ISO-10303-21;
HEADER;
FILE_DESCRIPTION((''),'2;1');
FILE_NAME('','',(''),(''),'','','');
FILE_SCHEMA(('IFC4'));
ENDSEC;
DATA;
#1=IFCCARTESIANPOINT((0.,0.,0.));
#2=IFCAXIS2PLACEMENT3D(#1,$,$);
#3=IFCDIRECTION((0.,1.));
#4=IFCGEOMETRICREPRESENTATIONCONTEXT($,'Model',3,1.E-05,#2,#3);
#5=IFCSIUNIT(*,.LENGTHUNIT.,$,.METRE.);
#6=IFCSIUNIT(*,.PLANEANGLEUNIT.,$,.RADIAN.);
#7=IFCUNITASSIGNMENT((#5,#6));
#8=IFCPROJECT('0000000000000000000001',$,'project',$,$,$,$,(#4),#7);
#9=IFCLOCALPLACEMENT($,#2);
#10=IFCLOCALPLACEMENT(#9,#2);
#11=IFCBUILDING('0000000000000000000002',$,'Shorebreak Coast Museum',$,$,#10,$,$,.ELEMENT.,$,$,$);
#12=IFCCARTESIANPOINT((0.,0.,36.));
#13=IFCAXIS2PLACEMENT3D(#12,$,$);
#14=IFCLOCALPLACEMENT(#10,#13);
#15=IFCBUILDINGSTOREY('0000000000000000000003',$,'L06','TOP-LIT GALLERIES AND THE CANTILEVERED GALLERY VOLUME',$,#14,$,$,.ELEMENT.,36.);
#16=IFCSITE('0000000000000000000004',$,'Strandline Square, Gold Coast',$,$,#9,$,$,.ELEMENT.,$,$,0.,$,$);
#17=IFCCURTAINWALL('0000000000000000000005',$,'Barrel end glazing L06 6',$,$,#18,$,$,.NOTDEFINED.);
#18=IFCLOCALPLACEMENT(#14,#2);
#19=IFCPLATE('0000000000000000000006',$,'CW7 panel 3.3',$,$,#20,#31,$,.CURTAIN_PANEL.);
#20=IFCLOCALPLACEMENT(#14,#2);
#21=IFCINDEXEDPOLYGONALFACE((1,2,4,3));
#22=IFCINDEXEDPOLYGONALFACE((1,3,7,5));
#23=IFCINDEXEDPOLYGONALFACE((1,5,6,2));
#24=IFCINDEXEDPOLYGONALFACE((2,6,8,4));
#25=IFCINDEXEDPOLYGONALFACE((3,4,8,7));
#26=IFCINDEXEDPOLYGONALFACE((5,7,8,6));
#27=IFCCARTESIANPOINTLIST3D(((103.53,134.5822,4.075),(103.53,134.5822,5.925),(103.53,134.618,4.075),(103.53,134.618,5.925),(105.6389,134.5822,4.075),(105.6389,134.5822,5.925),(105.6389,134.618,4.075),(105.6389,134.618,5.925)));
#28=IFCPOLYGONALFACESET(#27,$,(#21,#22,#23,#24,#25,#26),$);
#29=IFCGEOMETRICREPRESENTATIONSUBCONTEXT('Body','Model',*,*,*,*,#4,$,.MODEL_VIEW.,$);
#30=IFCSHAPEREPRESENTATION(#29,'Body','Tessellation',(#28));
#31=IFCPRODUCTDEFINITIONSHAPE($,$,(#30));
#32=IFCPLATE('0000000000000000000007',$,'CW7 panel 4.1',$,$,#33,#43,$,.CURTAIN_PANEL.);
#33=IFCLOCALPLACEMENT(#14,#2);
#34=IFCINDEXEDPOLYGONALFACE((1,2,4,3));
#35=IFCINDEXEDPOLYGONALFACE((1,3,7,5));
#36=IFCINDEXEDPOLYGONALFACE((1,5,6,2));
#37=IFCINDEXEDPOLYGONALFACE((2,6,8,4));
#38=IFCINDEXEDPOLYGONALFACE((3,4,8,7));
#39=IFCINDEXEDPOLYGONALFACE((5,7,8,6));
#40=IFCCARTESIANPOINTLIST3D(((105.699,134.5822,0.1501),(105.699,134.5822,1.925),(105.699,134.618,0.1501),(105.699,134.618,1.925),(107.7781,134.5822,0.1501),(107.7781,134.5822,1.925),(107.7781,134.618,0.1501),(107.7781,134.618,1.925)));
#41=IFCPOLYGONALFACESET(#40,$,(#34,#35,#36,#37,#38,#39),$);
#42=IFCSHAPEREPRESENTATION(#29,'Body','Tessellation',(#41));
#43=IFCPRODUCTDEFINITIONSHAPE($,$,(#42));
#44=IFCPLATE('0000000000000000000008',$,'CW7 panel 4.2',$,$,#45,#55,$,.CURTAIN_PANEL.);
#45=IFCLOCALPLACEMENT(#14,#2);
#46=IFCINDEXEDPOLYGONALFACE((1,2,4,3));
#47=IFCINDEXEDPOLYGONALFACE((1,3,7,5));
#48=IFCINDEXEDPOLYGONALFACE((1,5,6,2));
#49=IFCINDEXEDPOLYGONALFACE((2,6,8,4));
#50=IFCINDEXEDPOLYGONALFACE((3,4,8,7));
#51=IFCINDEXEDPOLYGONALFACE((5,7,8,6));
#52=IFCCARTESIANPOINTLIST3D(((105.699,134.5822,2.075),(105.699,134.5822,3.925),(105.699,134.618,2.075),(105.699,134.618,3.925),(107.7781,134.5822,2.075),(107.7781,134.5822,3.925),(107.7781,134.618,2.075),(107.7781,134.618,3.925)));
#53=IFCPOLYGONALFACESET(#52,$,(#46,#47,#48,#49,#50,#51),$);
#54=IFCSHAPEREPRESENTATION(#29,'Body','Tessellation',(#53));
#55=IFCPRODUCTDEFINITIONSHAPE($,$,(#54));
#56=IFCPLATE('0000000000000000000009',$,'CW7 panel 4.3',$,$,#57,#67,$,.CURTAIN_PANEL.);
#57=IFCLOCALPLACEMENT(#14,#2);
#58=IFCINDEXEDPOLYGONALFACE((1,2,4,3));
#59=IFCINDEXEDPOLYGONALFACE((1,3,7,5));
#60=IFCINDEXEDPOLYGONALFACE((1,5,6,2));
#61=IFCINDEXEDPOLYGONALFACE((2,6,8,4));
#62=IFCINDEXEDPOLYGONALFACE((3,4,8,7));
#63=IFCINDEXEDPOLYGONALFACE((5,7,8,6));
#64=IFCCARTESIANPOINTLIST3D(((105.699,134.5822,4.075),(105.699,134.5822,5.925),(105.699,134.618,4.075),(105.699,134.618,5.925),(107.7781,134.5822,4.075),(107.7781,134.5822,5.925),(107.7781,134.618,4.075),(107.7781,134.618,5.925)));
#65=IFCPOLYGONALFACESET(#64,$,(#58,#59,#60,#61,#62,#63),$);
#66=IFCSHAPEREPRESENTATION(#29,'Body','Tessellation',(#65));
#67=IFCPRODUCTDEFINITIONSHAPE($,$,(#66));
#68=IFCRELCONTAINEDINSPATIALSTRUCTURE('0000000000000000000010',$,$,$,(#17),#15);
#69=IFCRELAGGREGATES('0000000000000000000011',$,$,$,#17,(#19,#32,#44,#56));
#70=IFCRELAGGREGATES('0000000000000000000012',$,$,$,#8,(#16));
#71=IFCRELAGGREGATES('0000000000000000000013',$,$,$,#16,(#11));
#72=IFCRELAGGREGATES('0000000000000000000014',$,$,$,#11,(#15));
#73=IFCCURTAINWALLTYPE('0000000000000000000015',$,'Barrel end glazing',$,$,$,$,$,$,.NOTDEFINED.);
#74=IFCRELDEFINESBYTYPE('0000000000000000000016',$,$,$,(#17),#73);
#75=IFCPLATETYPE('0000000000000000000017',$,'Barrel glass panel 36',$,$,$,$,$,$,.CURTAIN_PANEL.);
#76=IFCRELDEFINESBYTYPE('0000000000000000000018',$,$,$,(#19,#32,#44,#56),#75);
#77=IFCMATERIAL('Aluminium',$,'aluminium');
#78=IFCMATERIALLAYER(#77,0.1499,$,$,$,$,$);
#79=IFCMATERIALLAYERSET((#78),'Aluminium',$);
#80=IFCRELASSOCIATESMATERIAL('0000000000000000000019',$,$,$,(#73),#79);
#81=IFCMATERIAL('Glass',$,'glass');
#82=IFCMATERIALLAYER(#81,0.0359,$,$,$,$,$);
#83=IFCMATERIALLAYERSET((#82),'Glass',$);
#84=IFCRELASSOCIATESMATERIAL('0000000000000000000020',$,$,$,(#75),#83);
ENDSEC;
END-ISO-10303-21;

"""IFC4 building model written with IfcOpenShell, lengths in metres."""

from ifc_helpers import new_model, si_unit, direction, frame, origin, origin_2d, place, context, subcontext, project, spatial, rectangle, extrude, material, layer, layer_set, type_object, element, aggregate, save


model = new_model("IFC4")

# Units and contexts
model_context = context("Model", 3, precision=1e-05, world=origin(), true_north=direction((0.0, 1.0)))
body_context = subcontext(model_context, "Body", "Model", "MODEL_VIEW")
ifc_project = project(units=[si_unit("LENGTHUNIT", "METRE"), si_unit("PLANEANGLEUNIT", "RADIAN")], contexts=[model_context])

# Site, building, storey
site_placement = place(None, origin())
site = spatial("IfcSite", under=ifc_project, at=site_placement, Name="Strandline Square, Gold Coast", CompositionType="ELEMENT", RefElevation=0.0)
building_placement = place(site_placement, origin())
building = spatial("IfcBuilding", under=site, at=building_placement, Name="Shorebreak Coast Museum", CompositionType="ELEMENT")
storey_placement = place(building_placement, frame((0.0, 0.0, 36.0)))
storey = spatial("IfcBuildingStorey", under=building, at=storey_placement, Name="L06", Description="TOP-LIT GALLERIES AND THE CANTILEVERED GALLERY VOLUME", CompositionType="ELEMENT", Elevation=36.0)

# Curtain wall
ifc_material_1 = material(Name="Aluminium", Category="aluminium")
ifc_layer_1 = layer(ifc_material_1, 0.1499)
ifc_layer_set_1 = layer_set([ifc_layer_1], Name="Aluminium")
curtain_wall_type = type_object("IfcCurtainWallType", Name="Barrel end glazing", PredefinedType="NOTDEFINED", material=ifc_layer_set_1)
curtain_wall_1_placement = place(storey_placement, origin())
curtain_wall_1 = element("IfcCurtainWall", 1, at=curtain_wall_1_placement, inside=storey, type_object=curtain_wall_type, Name="Barrel end glazing L06 6", PredefinedType="NOTDEFINED")

# Plates
ifc_material_2 = material(Name="Glass", Category="glass")
ifc_layer_2 = layer(ifc_material_2, 0.0359)
ifc_layer_set_2 = layer_set([ifc_layer_2], Name="Glass")
plate_type = type_object("IfcPlateType", Name="Barrel glass panel 36", PredefinedType="CURTAIN_PANEL", material=ifc_layer_set_2)
plate_1_placement = place(storey_placement, frame((104.5845, 134.6001, 4.075), z_axis=(0.0, 0.0, 1.0), x_axis=(1.0, 0.0, 0.0)))
plate_1 = element("IfcPlate", 2, at=plate_1_placement, type_object=plate_type, Name="CW7 panel 3.3", PredefinedType="CURTAIN_PANEL", context=body_context, shape_type="SweptSolid", body=[
    extrude(rectangle(XDim=2.1089, YDim=0.0359, at=origin_2d()), origin(), (0.0, 0.0, 1.0), 1.8501),
])
plate_2_placement = place(storey_placement, frame((106.7385, 134.6001, 0.1501), z_axis=(0.0, 0.0, 1.0), x_axis=(1.0, 0.0, 0.0)))
plate_2 = element("IfcPlate", 3, at=plate_2_placement, type_object=plate_type, Name="CW7 panel 4.1", PredefinedType="CURTAIN_PANEL", context=body_context, shape_type="SweptSolid", body=[
    extrude(rectangle(XDim=2.0791, YDim=0.0359, at=origin_2d()), origin(), (0.0, 0.0, 1.0), 1.7749),
])
plate_3_placement = place(storey_placement, frame((106.7385, 134.6001, 2.075), z_axis=(0.0, 0.0, 1.0), x_axis=(1.0, 0.0, 0.0)))
plate_3 = element("IfcPlate", 4, at=plate_3_placement, type_object=plate_type, Name="CW7 panel 4.2", PredefinedType="CURTAIN_PANEL", context=body_context, shape_type="SweptSolid", body=[
    extrude(rectangle(XDim=2.0791, YDim=0.0359, at=origin_2d()), origin(), (0.0, 0.0, 1.0), 1.8501),
])
plate_4_placement = place(storey_placement, frame((106.7385, 134.6001, 4.075), z_axis=(0.0, 0.0, 1.0), x_axis=(1.0, 0.0, 0.0)))
plate_4 = element("IfcPlate", 5, at=plate_4_placement, type_object=plate_type, Name="CW7 panel 4.3", PredefinedType="CURTAIN_PANEL", context=body_context, shape_type="SweptSolid", body=[
    extrude(rectangle(XDim=2.0791, YDim=0.0359, at=origin_2d()), origin(), (0.0, 0.0, 1.0), 1.8501),
])
aggregate(curtain_wall_1, [plate_1, plate_2, plate_3, plate_4])

save(model, "model.ifc")
